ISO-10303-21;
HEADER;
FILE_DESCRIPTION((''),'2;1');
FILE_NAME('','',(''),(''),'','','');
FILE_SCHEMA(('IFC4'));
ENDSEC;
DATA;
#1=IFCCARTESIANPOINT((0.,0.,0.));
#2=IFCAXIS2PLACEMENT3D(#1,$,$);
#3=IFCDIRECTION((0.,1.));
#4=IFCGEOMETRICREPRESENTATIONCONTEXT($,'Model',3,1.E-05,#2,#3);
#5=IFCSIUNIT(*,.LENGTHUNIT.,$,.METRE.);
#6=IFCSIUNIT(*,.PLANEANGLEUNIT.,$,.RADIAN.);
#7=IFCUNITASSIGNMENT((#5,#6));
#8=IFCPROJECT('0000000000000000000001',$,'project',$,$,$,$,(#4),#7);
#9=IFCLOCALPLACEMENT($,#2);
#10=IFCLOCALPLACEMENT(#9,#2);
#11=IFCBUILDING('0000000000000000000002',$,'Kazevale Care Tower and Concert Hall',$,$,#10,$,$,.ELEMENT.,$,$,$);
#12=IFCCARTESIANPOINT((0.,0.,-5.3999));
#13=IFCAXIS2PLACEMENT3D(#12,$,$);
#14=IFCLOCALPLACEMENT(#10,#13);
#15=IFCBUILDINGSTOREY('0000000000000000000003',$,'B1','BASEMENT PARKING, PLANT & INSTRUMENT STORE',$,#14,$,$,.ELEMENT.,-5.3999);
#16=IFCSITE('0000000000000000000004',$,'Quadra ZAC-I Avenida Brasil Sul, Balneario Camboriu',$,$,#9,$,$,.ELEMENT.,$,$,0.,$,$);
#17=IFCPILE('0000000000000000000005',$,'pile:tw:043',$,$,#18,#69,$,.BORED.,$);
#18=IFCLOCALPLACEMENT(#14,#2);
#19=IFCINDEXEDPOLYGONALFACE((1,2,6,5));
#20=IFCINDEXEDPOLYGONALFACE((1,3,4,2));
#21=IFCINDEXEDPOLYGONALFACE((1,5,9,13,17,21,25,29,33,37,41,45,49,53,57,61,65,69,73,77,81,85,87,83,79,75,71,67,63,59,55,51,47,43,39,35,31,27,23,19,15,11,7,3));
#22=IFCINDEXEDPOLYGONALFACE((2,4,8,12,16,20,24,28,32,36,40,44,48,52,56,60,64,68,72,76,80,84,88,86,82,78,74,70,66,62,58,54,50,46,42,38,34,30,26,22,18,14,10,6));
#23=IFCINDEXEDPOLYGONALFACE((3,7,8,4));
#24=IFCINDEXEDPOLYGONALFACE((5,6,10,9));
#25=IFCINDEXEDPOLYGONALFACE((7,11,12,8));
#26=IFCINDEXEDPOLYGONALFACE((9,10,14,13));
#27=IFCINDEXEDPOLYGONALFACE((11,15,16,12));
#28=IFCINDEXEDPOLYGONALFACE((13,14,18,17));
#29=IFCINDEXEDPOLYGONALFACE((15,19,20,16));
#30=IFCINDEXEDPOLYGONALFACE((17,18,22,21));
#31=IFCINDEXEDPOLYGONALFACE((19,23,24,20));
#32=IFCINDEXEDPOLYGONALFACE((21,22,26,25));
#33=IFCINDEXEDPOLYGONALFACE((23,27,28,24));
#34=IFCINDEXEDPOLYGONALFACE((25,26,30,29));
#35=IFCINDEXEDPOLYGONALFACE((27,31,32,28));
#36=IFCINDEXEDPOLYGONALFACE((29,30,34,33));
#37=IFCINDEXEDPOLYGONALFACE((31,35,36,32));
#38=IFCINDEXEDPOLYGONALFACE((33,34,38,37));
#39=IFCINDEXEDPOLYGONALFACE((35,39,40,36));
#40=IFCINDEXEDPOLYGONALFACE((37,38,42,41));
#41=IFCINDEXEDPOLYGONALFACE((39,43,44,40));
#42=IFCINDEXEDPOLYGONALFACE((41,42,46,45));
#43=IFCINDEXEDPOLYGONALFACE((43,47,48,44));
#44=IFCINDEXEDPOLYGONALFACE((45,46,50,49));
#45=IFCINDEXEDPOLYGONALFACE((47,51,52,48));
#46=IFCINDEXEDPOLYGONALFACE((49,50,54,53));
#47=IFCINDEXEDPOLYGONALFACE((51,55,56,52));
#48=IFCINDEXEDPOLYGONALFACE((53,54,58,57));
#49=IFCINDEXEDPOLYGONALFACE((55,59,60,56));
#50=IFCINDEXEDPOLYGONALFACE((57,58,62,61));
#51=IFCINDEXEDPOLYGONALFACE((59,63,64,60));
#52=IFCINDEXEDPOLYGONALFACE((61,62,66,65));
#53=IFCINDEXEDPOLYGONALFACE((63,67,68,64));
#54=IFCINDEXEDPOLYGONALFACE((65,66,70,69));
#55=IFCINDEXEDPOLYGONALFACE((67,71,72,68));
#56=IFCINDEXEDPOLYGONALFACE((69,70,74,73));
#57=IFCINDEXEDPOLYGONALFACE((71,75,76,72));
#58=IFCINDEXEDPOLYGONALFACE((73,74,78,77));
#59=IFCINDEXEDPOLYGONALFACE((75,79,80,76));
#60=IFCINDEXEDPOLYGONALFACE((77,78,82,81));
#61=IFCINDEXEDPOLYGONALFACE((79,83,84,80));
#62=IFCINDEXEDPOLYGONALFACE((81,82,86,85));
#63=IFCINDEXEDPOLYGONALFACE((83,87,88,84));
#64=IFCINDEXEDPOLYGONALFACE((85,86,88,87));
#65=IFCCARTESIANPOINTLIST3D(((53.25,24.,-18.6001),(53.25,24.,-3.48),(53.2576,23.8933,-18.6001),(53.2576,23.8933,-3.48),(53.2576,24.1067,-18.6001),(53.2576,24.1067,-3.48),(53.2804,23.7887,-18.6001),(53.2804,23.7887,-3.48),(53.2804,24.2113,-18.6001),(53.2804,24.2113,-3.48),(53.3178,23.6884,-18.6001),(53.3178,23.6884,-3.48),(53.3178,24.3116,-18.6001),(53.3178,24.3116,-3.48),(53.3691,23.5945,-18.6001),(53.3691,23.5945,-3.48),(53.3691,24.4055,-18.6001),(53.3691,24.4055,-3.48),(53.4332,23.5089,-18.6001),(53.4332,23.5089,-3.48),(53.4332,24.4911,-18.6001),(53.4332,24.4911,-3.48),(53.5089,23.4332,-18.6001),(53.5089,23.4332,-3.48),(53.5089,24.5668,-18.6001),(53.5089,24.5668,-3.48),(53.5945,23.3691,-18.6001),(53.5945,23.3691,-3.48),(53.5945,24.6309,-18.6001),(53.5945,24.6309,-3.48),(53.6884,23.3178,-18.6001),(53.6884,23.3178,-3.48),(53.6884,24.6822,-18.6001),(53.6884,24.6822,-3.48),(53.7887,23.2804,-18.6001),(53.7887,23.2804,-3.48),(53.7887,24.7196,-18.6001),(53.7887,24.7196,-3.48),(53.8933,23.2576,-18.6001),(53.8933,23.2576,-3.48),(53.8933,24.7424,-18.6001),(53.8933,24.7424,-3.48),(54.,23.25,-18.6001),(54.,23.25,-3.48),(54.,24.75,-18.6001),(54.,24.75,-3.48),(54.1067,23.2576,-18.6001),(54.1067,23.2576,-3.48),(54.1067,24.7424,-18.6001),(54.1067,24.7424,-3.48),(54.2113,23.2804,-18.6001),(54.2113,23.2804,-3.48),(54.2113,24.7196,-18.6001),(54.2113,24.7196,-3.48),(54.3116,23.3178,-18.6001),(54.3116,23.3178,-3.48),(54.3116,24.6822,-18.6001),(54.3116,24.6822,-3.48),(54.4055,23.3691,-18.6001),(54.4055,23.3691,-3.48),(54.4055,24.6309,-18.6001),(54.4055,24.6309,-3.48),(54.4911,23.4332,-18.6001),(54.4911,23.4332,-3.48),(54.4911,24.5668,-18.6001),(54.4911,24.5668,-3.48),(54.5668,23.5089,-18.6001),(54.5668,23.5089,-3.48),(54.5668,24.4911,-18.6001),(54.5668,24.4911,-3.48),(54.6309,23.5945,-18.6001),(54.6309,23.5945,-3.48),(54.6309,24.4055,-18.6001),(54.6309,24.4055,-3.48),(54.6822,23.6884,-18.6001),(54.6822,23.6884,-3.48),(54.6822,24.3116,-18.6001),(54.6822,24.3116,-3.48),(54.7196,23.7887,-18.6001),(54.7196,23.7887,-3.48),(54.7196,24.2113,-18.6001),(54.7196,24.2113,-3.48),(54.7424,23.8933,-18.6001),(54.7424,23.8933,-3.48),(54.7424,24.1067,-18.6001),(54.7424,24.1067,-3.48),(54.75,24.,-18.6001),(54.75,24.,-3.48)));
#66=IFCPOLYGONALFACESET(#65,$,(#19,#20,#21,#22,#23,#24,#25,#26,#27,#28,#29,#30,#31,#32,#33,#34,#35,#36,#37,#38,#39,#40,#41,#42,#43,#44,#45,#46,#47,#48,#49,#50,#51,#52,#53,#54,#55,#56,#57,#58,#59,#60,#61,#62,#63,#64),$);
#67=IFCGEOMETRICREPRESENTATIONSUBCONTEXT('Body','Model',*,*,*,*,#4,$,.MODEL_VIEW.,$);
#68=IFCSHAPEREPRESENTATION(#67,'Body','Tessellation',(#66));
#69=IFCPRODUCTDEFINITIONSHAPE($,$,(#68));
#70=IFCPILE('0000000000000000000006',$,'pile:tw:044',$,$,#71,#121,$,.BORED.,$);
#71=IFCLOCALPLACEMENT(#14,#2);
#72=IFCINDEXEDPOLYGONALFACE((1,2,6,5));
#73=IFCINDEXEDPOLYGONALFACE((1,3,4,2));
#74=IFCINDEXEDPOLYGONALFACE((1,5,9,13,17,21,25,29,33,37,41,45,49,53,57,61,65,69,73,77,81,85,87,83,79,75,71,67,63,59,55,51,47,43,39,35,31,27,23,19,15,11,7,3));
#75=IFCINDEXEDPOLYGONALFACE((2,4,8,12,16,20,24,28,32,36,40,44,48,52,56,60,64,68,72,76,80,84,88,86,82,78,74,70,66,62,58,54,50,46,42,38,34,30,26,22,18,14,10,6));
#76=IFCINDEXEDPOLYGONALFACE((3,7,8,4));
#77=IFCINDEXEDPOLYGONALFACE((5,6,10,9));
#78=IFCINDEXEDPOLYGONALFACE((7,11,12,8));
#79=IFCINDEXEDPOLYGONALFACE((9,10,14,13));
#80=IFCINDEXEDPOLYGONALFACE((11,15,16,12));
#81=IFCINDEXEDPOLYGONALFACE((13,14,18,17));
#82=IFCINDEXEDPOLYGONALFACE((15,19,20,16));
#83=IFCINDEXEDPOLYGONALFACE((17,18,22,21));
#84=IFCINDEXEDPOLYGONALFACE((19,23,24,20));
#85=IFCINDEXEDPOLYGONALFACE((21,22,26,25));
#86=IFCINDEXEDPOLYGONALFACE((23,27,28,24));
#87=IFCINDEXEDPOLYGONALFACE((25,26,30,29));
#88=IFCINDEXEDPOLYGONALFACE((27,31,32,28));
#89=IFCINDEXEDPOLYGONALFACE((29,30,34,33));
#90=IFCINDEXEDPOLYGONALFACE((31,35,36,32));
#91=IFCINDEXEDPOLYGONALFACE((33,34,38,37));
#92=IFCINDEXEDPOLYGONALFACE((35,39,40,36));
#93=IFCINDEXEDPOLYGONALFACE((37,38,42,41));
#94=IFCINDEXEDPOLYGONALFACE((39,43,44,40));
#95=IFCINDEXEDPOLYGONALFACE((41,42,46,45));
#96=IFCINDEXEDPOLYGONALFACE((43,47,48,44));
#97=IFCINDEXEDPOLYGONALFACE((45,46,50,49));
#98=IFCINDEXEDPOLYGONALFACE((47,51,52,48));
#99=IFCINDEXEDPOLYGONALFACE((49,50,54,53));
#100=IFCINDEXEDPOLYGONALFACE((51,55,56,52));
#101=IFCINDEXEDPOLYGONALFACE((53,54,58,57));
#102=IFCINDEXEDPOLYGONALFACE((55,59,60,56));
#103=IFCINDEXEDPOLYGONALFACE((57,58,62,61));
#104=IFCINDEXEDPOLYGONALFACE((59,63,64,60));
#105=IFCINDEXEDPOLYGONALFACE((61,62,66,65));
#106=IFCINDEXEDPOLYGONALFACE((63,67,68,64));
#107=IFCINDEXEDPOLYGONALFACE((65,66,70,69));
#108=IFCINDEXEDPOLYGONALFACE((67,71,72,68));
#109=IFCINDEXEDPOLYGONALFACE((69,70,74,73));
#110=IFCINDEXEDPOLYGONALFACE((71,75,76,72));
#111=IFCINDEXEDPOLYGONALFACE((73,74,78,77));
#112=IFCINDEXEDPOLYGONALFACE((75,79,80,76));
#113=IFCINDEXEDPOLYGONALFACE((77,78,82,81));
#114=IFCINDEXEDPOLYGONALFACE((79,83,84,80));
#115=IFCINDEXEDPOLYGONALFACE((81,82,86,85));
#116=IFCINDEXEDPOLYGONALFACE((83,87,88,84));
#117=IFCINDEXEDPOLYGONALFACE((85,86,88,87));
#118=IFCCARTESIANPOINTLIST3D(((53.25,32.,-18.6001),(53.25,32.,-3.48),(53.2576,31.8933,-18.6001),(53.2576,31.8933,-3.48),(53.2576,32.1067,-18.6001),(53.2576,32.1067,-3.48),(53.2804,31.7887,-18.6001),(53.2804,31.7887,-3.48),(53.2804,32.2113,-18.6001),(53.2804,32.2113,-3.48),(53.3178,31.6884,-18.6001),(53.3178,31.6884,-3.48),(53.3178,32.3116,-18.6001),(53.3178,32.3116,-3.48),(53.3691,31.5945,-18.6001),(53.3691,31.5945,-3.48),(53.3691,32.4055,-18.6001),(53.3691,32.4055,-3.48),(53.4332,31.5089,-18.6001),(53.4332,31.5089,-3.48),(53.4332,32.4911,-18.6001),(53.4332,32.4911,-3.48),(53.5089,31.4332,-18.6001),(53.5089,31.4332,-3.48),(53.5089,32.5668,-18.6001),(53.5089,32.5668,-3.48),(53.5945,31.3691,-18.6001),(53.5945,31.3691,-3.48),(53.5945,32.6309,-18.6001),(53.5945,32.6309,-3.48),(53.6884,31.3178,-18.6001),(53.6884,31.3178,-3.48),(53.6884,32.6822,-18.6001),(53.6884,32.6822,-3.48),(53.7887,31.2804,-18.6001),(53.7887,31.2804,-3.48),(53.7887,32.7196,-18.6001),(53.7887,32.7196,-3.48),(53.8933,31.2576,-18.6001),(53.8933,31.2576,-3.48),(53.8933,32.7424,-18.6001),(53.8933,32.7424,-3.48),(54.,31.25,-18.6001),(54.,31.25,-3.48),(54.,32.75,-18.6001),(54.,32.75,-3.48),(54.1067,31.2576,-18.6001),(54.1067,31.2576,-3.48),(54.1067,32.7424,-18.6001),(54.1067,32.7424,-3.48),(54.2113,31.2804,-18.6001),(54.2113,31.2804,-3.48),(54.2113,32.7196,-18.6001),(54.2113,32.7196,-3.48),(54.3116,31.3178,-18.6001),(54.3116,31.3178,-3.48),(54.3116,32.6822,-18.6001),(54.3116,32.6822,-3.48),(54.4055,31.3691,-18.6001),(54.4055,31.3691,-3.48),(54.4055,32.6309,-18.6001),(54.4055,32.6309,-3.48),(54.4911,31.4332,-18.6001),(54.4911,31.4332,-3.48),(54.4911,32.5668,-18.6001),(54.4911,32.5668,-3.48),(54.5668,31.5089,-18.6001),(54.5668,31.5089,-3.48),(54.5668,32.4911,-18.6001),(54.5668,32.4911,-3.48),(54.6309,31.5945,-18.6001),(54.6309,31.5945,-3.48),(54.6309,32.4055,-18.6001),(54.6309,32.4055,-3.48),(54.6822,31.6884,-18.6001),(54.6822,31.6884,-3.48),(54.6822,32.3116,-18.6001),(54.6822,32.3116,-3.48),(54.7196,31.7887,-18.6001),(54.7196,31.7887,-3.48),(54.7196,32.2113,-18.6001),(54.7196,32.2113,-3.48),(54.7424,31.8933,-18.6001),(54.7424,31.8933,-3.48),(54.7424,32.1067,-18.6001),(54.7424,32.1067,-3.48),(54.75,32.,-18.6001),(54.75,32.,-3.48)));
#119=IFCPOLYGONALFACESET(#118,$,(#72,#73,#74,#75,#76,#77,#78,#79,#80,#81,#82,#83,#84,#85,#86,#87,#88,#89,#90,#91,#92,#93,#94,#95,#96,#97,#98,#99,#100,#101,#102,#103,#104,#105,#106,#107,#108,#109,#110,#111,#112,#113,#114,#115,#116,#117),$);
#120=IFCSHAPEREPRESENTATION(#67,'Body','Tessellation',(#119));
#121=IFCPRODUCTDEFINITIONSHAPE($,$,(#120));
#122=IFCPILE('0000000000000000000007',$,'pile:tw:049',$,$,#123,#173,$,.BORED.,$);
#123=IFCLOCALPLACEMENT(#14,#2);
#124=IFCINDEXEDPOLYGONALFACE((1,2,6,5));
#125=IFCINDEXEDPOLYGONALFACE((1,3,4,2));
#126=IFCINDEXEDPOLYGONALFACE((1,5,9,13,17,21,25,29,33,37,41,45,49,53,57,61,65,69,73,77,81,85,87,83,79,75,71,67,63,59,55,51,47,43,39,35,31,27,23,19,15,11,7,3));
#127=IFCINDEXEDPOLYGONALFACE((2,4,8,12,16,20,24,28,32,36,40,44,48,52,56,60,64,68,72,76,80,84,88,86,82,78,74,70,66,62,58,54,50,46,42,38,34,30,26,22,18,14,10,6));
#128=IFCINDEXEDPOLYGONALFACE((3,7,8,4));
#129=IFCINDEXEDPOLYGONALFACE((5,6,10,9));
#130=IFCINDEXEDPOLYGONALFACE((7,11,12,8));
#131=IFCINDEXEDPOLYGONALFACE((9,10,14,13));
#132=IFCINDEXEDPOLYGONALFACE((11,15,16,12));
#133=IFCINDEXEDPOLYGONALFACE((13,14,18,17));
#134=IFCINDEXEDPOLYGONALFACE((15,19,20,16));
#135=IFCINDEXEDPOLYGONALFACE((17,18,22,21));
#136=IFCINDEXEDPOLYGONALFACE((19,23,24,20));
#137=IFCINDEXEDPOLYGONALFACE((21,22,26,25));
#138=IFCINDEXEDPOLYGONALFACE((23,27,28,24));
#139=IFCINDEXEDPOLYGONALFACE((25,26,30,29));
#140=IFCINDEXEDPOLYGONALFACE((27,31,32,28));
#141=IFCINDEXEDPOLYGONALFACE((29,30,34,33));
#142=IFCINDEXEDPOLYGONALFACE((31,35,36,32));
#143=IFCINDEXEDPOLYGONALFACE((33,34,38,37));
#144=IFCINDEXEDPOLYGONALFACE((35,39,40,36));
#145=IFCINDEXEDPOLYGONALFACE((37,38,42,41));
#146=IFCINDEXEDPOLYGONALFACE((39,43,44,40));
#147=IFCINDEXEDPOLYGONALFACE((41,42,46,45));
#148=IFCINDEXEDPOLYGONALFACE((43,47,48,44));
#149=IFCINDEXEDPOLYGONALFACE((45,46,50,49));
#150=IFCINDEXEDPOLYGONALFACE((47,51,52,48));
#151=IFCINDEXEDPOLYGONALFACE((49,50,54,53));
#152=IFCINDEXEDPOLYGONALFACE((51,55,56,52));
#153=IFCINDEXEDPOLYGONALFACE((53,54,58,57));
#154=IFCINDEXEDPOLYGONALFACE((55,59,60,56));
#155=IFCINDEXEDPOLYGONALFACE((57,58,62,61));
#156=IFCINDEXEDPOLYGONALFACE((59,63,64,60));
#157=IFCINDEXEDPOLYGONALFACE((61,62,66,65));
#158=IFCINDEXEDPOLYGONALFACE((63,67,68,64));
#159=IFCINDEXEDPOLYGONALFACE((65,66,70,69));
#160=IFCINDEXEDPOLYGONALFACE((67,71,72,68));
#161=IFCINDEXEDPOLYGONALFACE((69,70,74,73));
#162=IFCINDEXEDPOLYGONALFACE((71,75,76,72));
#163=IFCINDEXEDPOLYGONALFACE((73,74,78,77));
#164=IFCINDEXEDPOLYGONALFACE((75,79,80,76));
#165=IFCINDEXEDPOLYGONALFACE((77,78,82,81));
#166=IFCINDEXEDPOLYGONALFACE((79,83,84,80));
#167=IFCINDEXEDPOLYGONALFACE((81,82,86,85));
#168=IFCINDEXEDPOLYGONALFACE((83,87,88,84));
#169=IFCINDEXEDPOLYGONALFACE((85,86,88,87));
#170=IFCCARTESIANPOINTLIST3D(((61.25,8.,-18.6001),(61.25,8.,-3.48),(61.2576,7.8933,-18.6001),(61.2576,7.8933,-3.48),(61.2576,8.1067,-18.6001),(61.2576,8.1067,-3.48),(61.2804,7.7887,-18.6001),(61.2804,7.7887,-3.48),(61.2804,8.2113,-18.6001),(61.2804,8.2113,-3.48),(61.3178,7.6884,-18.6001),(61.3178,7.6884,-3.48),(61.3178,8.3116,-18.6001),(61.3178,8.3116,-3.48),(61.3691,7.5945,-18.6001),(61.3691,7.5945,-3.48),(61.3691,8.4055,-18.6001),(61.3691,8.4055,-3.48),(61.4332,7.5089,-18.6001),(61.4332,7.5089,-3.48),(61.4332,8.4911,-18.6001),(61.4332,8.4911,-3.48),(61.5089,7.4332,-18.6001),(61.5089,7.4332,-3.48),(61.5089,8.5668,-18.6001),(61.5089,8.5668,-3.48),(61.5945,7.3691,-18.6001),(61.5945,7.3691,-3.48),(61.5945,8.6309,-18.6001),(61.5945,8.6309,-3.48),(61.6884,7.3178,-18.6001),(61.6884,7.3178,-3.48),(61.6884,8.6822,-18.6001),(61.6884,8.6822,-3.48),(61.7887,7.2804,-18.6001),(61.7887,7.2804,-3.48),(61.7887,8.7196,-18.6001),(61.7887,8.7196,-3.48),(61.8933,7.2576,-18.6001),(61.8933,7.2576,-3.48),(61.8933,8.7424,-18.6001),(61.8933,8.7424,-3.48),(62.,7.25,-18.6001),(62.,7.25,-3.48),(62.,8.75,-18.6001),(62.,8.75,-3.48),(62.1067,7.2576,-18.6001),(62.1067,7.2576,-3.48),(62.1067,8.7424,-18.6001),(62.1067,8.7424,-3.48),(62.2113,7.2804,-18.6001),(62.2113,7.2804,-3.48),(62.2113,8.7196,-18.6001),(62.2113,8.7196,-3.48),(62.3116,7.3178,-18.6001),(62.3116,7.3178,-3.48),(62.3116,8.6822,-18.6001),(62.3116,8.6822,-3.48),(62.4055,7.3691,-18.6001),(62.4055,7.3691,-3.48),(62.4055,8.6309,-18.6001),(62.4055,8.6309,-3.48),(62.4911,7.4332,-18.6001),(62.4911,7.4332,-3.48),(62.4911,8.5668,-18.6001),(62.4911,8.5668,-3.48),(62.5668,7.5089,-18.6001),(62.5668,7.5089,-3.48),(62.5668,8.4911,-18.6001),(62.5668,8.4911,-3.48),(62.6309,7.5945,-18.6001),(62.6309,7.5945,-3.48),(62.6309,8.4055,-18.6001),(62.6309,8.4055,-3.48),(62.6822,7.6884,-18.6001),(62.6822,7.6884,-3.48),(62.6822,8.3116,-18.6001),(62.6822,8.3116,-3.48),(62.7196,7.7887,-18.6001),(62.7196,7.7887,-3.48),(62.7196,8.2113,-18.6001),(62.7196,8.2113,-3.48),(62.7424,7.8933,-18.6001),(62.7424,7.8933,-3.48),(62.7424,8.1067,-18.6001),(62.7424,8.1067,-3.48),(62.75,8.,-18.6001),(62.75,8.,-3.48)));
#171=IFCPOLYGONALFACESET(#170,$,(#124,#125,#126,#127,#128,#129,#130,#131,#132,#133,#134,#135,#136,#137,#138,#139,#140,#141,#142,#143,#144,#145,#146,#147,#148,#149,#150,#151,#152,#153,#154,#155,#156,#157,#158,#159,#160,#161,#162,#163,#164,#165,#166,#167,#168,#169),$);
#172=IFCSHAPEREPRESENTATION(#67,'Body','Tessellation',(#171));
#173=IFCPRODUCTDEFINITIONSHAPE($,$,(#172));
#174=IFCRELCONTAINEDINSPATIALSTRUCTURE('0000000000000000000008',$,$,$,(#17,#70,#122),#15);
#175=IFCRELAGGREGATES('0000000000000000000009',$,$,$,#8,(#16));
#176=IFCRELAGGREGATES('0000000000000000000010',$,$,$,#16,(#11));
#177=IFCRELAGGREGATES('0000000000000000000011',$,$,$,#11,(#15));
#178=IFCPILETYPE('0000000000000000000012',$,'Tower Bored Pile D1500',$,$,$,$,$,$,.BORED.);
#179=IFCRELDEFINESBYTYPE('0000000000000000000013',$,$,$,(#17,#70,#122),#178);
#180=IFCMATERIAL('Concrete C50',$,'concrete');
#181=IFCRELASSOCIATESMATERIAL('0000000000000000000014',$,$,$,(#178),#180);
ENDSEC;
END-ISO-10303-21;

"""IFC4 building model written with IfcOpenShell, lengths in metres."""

from ifc_helpers import new_model, si_unit, direction, frame, origin, origin_2d, place, context, subcontext, project, spatial, circle, extrude, material, material_profile, profile_set, type_object, element, save


model = new_model("IFC4")

# Units and contexts
model_context = context("Model", 3, precision=1e-05, world=origin(), true_north=direction((0.0, 1.0)))
body_context = subcontext(model_context, "Body", "Model", "MODEL_VIEW")
ifc_project = project(units=[si_unit("LENGTHUNIT", "METRE"), si_unit("PLANEANGLEUNIT", "RADIAN")], contexts=[model_context])

# Site, building, storey
site_placement = place(None, origin())
site = spatial("IfcSite", under=ifc_project, at=site_placement, Name="Quadra ZAC-I Avenida Brasil Sul, Balneario Camboriu", CompositionType="ELEMENT", RefElevation=0.0)
building_placement = place(site_placement, origin())
building = spatial("IfcBuilding", under=site, at=building_placement, Name="Kazevale Care Tower and Concert Hall", CompositionType="ELEMENT")
storey_placement = place(building_placement, frame((0.0, 0.0, -5.3999)))
storey = spatial("IfcBuildingStorey", under=building, at=storey_placement, Name="B1", Description="BASEMENT PARKING, PLANT & INSTRUMENT STORE", CompositionType="ELEMENT", Elevation=-5.3999)

# Piles
ifc_material_1 = material(Name="Concrete C50", Category="concrete")
ifc_material_profile_1 = material_profile(ifc_material_1, circle(Radius=0.75, at=origin_2d()), Name="PILE-D1500")
ifc_profile_set_1 = profile_set([ifc_material_profile_1], Name="Concrete C50")
pile_type = type_object("IfcPileType", Name="Tower Bored Pile D1500", PredefinedType="BORED", material=ifc_profile_set_1)
for number, where, z_axis, x_axis, name in (
    (1, (54.0, 24.0, -3.48), (0.0, 0.0, -1.0), (1.0, 0.0, 0.0), "pile:tw:043"),
    (2, (54.0, 32.0, -3.48), (0.0, 0.0, -1.0), (1.0, 0.0, 0.0), "pile:tw:044"),
    (3, (62.0, 8.0, -3.48), (0.0, 0.0, -1.0), (1.0, 0.0, 0.0), "pile:tw:049"),
):
    element("IfcPile", number, at=place(storey_placement, frame(where, z_axis=z_axis, x_axis=x_axis)), inside=storey, type_object=pile_type, Name=name, PredefinedType="BORED", context=body_context, shape_type="SweptSolid", body=[
        extrude(circle(Radius=0.75, at=origin_2d()), origin(), (0.0, 0.0, 1.0), 15.1201),
    ])

save(model, "model.ifc")
